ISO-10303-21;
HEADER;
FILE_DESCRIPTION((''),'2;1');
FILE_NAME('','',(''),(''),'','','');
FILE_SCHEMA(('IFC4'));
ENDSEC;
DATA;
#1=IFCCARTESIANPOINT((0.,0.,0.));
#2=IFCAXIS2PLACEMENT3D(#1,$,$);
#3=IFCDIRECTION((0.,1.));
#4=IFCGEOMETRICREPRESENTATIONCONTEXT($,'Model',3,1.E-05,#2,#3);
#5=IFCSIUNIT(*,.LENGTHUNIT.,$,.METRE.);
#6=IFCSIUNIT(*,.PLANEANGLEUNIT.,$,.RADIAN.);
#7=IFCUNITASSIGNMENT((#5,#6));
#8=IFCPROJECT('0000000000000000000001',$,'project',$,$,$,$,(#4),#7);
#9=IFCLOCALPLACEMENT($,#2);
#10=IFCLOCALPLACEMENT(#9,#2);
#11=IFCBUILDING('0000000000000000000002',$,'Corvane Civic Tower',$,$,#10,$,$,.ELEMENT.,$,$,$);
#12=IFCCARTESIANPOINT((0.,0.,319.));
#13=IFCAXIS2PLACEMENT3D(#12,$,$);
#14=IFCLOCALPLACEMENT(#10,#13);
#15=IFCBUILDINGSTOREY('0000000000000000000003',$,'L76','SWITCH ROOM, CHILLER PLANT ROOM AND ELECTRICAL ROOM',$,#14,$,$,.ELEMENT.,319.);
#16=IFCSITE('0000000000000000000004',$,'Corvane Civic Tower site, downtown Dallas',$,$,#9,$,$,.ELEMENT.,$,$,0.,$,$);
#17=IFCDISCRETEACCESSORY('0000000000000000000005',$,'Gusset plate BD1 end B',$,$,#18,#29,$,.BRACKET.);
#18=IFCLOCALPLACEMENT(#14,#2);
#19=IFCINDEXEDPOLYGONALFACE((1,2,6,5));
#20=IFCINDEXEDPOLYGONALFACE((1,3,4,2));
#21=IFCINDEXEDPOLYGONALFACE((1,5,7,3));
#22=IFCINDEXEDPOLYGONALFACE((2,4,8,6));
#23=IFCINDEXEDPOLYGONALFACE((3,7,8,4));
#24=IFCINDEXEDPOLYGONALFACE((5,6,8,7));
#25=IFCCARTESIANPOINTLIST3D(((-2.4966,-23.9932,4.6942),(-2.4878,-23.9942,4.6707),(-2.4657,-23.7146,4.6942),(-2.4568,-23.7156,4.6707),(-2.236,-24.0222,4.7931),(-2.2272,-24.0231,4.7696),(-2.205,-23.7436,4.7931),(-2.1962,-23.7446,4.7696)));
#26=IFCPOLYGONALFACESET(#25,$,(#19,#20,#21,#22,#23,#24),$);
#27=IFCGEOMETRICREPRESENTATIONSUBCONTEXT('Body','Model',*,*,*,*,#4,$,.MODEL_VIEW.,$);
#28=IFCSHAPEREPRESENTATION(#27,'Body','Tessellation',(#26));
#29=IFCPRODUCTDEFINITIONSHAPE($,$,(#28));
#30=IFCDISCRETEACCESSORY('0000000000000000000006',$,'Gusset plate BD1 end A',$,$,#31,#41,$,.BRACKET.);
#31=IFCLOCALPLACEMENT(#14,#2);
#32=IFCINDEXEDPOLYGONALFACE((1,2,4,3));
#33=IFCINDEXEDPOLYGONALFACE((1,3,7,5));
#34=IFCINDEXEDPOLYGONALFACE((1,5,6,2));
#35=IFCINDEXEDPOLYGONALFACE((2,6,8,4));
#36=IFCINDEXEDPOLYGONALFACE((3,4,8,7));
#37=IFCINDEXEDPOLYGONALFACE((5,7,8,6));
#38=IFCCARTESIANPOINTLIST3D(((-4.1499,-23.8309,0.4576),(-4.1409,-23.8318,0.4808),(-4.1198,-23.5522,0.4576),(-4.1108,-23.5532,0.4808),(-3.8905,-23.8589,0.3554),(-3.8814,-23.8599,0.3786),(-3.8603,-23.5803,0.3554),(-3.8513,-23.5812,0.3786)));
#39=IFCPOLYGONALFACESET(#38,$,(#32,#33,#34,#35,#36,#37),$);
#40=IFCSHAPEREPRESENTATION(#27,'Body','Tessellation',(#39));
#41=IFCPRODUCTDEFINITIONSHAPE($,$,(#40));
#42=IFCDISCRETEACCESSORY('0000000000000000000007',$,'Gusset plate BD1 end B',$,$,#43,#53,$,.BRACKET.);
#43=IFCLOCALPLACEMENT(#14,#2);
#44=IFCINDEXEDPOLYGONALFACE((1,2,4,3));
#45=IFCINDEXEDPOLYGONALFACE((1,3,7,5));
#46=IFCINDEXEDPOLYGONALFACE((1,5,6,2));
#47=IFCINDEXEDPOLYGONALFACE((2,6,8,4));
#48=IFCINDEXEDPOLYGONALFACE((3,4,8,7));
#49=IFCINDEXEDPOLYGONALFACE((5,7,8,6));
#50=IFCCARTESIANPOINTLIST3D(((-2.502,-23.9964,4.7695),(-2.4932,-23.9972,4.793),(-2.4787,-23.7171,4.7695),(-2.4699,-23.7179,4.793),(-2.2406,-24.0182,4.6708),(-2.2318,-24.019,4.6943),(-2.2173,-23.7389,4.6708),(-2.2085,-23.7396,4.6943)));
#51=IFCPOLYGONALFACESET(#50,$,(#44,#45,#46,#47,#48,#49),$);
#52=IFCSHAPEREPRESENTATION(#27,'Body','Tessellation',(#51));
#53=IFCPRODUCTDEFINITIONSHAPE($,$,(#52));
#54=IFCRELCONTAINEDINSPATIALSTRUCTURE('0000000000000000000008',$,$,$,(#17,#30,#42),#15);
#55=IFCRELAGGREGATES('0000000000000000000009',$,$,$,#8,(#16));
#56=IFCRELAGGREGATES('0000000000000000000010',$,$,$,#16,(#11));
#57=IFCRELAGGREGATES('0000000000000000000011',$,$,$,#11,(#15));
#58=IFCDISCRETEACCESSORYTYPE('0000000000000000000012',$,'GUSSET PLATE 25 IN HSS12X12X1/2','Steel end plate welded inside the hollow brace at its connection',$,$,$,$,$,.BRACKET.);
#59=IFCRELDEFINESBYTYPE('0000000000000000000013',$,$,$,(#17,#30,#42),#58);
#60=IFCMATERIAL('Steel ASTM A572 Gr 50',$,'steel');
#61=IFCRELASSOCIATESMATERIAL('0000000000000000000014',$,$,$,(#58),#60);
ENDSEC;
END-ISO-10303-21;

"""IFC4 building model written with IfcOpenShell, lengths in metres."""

from ifc_helpers import new_model, si_unit, direction, frame, origin, origin_2d, place, context, subcontext, project, spatial, rectangle, extrude, material, material_profile, profile_set, type_object, element, save


model = new_model("IFC4")

# Units and contexts
model_context = context("Model", 3, precision=1e-05, world=origin(), true_north=direction((0.0, 1.0)))
body_context = subcontext(model_context, "Body", "Model", "MODEL_VIEW")
ifc_project = project(units=[si_unit("LENGTHUNIT", "METRE"), si_unit("PLANEANGLEUNIT", "RADIAN")], contexts=[model_context])

# Site, building, storey
site_placement = place(None, origin())
site = spatial("IfcSite", under=ifc_project, at=site_placement, Name="Corvane Civic Tower site, downtown Dallas", CompositionType="ELEMENT", RefElevation=0.0)
building_placement = place(site_placement, origin())
building = spatial("IfcBuilding", under=site, at=building_placement, Name="Corvane Civic Tower", CompositionType="ELEMENT")
storey_placement = place(building_placement, frame((0.0, 0.0, 319.0)))
storey = spatial("IfcBuildingStorey", under=building, at=storey_placement, Name="L76", Description="SWITCH ROOM, CHILLER PLANT ROOM AND ELECTRICAL ROOM", CompositionType="ELEMENT", Elevation=319.0)

# Discrete accessories
ifc_material_1 = material(Name="Steel ASTM A572 Gr 50", Category="steel")
ifc_material_profile_1 = material_profile(ifc_material_1, rectangle(XDim=0.2803, YDim=0.2803, at=origin_2d()), Name="GUSSET PLATE 25 IN HSS12X12X1/2")
ifc_profile_set_1 = profile_set([ifc_material_profile_1], Name="Steel ASTM A572 Gr 50")
discrete_accessory_type = type_object("IfcDiscreteAccessoryType", Name="GUSSET PLATE 25 IN HSS12X12X1/2", Description="Steel end plate welded inside the hollow brace at its connection", PredefinedType="BRACKET", material=ifc_profile_set_1)
discrete_accessory_1_placement = place(storey_placement, frame((-2.3508, -23.8684, 4.7437), z_axis=(0.350857, -0.038984, -0.935617), x_axis=(0.110432, 0.993884, 0.0)))
element("IfcDiscreteAccessory", 1, at=discrete_accessory_1_placement, inside=storey, type_object=discrete_accessory_type, Name="Gusset plate BD1 end B", PredefinedType="BRACKET", context=body_context, shape_type="SweptSolid", body=[
    extrude(rectangle(XDim=0.2803, YDim=0.2803, at=origin_2d()), origin(), (0.0, 0.0, 1.0), 0.0251),
])
discrete_accessory_2_placement = place(storey_placement, frame((-4.0051, -23.7056, 0.4065), z_axis=(0.362641, -0.039204, 0.931104), x_axis=(0.107482, 0.994207, 0.0)))
element("IfcDiscreteAccessory", 2, at=discrete_accessory_2_placement, inside=storey, type_object=discrete_accessory_type, Name="Gusset plate BD1 end A", PredefinedType="BRACKET", context=body_context, shape_type="SweptSolid", body=[
    extrude(rectangle(XDim=0.2803, YDim=0.2803, at=origin_2d()), origin(), (0.0, 0.0, 1.0), 0.0249),
])
discrete_accessory_3_placement = place(storey_placement, frame((-2.3508, -23.8684, 4.7437), z_axis=(-0.350973, 0.029248, -0.935929), x_axis=(-0.083045, -0.996546, 0.0)))
element("IfcDiscreteAccessory", 3, at=discrete_accessory_3_placement, inside=storey, type_object=discrete_accessory_type, Name="Gusset plate BD1 end B", PredefinedType="BRACKET", context=body_context, shape_type="SweptSolid", body=[
    extrude(rectangle(XDim=0.2803, YDim=0.2803, at=origin_2d()), origin(), (0.0, 0.0, 1.0), 0.0251),
])

save(model, "model.ifc")
